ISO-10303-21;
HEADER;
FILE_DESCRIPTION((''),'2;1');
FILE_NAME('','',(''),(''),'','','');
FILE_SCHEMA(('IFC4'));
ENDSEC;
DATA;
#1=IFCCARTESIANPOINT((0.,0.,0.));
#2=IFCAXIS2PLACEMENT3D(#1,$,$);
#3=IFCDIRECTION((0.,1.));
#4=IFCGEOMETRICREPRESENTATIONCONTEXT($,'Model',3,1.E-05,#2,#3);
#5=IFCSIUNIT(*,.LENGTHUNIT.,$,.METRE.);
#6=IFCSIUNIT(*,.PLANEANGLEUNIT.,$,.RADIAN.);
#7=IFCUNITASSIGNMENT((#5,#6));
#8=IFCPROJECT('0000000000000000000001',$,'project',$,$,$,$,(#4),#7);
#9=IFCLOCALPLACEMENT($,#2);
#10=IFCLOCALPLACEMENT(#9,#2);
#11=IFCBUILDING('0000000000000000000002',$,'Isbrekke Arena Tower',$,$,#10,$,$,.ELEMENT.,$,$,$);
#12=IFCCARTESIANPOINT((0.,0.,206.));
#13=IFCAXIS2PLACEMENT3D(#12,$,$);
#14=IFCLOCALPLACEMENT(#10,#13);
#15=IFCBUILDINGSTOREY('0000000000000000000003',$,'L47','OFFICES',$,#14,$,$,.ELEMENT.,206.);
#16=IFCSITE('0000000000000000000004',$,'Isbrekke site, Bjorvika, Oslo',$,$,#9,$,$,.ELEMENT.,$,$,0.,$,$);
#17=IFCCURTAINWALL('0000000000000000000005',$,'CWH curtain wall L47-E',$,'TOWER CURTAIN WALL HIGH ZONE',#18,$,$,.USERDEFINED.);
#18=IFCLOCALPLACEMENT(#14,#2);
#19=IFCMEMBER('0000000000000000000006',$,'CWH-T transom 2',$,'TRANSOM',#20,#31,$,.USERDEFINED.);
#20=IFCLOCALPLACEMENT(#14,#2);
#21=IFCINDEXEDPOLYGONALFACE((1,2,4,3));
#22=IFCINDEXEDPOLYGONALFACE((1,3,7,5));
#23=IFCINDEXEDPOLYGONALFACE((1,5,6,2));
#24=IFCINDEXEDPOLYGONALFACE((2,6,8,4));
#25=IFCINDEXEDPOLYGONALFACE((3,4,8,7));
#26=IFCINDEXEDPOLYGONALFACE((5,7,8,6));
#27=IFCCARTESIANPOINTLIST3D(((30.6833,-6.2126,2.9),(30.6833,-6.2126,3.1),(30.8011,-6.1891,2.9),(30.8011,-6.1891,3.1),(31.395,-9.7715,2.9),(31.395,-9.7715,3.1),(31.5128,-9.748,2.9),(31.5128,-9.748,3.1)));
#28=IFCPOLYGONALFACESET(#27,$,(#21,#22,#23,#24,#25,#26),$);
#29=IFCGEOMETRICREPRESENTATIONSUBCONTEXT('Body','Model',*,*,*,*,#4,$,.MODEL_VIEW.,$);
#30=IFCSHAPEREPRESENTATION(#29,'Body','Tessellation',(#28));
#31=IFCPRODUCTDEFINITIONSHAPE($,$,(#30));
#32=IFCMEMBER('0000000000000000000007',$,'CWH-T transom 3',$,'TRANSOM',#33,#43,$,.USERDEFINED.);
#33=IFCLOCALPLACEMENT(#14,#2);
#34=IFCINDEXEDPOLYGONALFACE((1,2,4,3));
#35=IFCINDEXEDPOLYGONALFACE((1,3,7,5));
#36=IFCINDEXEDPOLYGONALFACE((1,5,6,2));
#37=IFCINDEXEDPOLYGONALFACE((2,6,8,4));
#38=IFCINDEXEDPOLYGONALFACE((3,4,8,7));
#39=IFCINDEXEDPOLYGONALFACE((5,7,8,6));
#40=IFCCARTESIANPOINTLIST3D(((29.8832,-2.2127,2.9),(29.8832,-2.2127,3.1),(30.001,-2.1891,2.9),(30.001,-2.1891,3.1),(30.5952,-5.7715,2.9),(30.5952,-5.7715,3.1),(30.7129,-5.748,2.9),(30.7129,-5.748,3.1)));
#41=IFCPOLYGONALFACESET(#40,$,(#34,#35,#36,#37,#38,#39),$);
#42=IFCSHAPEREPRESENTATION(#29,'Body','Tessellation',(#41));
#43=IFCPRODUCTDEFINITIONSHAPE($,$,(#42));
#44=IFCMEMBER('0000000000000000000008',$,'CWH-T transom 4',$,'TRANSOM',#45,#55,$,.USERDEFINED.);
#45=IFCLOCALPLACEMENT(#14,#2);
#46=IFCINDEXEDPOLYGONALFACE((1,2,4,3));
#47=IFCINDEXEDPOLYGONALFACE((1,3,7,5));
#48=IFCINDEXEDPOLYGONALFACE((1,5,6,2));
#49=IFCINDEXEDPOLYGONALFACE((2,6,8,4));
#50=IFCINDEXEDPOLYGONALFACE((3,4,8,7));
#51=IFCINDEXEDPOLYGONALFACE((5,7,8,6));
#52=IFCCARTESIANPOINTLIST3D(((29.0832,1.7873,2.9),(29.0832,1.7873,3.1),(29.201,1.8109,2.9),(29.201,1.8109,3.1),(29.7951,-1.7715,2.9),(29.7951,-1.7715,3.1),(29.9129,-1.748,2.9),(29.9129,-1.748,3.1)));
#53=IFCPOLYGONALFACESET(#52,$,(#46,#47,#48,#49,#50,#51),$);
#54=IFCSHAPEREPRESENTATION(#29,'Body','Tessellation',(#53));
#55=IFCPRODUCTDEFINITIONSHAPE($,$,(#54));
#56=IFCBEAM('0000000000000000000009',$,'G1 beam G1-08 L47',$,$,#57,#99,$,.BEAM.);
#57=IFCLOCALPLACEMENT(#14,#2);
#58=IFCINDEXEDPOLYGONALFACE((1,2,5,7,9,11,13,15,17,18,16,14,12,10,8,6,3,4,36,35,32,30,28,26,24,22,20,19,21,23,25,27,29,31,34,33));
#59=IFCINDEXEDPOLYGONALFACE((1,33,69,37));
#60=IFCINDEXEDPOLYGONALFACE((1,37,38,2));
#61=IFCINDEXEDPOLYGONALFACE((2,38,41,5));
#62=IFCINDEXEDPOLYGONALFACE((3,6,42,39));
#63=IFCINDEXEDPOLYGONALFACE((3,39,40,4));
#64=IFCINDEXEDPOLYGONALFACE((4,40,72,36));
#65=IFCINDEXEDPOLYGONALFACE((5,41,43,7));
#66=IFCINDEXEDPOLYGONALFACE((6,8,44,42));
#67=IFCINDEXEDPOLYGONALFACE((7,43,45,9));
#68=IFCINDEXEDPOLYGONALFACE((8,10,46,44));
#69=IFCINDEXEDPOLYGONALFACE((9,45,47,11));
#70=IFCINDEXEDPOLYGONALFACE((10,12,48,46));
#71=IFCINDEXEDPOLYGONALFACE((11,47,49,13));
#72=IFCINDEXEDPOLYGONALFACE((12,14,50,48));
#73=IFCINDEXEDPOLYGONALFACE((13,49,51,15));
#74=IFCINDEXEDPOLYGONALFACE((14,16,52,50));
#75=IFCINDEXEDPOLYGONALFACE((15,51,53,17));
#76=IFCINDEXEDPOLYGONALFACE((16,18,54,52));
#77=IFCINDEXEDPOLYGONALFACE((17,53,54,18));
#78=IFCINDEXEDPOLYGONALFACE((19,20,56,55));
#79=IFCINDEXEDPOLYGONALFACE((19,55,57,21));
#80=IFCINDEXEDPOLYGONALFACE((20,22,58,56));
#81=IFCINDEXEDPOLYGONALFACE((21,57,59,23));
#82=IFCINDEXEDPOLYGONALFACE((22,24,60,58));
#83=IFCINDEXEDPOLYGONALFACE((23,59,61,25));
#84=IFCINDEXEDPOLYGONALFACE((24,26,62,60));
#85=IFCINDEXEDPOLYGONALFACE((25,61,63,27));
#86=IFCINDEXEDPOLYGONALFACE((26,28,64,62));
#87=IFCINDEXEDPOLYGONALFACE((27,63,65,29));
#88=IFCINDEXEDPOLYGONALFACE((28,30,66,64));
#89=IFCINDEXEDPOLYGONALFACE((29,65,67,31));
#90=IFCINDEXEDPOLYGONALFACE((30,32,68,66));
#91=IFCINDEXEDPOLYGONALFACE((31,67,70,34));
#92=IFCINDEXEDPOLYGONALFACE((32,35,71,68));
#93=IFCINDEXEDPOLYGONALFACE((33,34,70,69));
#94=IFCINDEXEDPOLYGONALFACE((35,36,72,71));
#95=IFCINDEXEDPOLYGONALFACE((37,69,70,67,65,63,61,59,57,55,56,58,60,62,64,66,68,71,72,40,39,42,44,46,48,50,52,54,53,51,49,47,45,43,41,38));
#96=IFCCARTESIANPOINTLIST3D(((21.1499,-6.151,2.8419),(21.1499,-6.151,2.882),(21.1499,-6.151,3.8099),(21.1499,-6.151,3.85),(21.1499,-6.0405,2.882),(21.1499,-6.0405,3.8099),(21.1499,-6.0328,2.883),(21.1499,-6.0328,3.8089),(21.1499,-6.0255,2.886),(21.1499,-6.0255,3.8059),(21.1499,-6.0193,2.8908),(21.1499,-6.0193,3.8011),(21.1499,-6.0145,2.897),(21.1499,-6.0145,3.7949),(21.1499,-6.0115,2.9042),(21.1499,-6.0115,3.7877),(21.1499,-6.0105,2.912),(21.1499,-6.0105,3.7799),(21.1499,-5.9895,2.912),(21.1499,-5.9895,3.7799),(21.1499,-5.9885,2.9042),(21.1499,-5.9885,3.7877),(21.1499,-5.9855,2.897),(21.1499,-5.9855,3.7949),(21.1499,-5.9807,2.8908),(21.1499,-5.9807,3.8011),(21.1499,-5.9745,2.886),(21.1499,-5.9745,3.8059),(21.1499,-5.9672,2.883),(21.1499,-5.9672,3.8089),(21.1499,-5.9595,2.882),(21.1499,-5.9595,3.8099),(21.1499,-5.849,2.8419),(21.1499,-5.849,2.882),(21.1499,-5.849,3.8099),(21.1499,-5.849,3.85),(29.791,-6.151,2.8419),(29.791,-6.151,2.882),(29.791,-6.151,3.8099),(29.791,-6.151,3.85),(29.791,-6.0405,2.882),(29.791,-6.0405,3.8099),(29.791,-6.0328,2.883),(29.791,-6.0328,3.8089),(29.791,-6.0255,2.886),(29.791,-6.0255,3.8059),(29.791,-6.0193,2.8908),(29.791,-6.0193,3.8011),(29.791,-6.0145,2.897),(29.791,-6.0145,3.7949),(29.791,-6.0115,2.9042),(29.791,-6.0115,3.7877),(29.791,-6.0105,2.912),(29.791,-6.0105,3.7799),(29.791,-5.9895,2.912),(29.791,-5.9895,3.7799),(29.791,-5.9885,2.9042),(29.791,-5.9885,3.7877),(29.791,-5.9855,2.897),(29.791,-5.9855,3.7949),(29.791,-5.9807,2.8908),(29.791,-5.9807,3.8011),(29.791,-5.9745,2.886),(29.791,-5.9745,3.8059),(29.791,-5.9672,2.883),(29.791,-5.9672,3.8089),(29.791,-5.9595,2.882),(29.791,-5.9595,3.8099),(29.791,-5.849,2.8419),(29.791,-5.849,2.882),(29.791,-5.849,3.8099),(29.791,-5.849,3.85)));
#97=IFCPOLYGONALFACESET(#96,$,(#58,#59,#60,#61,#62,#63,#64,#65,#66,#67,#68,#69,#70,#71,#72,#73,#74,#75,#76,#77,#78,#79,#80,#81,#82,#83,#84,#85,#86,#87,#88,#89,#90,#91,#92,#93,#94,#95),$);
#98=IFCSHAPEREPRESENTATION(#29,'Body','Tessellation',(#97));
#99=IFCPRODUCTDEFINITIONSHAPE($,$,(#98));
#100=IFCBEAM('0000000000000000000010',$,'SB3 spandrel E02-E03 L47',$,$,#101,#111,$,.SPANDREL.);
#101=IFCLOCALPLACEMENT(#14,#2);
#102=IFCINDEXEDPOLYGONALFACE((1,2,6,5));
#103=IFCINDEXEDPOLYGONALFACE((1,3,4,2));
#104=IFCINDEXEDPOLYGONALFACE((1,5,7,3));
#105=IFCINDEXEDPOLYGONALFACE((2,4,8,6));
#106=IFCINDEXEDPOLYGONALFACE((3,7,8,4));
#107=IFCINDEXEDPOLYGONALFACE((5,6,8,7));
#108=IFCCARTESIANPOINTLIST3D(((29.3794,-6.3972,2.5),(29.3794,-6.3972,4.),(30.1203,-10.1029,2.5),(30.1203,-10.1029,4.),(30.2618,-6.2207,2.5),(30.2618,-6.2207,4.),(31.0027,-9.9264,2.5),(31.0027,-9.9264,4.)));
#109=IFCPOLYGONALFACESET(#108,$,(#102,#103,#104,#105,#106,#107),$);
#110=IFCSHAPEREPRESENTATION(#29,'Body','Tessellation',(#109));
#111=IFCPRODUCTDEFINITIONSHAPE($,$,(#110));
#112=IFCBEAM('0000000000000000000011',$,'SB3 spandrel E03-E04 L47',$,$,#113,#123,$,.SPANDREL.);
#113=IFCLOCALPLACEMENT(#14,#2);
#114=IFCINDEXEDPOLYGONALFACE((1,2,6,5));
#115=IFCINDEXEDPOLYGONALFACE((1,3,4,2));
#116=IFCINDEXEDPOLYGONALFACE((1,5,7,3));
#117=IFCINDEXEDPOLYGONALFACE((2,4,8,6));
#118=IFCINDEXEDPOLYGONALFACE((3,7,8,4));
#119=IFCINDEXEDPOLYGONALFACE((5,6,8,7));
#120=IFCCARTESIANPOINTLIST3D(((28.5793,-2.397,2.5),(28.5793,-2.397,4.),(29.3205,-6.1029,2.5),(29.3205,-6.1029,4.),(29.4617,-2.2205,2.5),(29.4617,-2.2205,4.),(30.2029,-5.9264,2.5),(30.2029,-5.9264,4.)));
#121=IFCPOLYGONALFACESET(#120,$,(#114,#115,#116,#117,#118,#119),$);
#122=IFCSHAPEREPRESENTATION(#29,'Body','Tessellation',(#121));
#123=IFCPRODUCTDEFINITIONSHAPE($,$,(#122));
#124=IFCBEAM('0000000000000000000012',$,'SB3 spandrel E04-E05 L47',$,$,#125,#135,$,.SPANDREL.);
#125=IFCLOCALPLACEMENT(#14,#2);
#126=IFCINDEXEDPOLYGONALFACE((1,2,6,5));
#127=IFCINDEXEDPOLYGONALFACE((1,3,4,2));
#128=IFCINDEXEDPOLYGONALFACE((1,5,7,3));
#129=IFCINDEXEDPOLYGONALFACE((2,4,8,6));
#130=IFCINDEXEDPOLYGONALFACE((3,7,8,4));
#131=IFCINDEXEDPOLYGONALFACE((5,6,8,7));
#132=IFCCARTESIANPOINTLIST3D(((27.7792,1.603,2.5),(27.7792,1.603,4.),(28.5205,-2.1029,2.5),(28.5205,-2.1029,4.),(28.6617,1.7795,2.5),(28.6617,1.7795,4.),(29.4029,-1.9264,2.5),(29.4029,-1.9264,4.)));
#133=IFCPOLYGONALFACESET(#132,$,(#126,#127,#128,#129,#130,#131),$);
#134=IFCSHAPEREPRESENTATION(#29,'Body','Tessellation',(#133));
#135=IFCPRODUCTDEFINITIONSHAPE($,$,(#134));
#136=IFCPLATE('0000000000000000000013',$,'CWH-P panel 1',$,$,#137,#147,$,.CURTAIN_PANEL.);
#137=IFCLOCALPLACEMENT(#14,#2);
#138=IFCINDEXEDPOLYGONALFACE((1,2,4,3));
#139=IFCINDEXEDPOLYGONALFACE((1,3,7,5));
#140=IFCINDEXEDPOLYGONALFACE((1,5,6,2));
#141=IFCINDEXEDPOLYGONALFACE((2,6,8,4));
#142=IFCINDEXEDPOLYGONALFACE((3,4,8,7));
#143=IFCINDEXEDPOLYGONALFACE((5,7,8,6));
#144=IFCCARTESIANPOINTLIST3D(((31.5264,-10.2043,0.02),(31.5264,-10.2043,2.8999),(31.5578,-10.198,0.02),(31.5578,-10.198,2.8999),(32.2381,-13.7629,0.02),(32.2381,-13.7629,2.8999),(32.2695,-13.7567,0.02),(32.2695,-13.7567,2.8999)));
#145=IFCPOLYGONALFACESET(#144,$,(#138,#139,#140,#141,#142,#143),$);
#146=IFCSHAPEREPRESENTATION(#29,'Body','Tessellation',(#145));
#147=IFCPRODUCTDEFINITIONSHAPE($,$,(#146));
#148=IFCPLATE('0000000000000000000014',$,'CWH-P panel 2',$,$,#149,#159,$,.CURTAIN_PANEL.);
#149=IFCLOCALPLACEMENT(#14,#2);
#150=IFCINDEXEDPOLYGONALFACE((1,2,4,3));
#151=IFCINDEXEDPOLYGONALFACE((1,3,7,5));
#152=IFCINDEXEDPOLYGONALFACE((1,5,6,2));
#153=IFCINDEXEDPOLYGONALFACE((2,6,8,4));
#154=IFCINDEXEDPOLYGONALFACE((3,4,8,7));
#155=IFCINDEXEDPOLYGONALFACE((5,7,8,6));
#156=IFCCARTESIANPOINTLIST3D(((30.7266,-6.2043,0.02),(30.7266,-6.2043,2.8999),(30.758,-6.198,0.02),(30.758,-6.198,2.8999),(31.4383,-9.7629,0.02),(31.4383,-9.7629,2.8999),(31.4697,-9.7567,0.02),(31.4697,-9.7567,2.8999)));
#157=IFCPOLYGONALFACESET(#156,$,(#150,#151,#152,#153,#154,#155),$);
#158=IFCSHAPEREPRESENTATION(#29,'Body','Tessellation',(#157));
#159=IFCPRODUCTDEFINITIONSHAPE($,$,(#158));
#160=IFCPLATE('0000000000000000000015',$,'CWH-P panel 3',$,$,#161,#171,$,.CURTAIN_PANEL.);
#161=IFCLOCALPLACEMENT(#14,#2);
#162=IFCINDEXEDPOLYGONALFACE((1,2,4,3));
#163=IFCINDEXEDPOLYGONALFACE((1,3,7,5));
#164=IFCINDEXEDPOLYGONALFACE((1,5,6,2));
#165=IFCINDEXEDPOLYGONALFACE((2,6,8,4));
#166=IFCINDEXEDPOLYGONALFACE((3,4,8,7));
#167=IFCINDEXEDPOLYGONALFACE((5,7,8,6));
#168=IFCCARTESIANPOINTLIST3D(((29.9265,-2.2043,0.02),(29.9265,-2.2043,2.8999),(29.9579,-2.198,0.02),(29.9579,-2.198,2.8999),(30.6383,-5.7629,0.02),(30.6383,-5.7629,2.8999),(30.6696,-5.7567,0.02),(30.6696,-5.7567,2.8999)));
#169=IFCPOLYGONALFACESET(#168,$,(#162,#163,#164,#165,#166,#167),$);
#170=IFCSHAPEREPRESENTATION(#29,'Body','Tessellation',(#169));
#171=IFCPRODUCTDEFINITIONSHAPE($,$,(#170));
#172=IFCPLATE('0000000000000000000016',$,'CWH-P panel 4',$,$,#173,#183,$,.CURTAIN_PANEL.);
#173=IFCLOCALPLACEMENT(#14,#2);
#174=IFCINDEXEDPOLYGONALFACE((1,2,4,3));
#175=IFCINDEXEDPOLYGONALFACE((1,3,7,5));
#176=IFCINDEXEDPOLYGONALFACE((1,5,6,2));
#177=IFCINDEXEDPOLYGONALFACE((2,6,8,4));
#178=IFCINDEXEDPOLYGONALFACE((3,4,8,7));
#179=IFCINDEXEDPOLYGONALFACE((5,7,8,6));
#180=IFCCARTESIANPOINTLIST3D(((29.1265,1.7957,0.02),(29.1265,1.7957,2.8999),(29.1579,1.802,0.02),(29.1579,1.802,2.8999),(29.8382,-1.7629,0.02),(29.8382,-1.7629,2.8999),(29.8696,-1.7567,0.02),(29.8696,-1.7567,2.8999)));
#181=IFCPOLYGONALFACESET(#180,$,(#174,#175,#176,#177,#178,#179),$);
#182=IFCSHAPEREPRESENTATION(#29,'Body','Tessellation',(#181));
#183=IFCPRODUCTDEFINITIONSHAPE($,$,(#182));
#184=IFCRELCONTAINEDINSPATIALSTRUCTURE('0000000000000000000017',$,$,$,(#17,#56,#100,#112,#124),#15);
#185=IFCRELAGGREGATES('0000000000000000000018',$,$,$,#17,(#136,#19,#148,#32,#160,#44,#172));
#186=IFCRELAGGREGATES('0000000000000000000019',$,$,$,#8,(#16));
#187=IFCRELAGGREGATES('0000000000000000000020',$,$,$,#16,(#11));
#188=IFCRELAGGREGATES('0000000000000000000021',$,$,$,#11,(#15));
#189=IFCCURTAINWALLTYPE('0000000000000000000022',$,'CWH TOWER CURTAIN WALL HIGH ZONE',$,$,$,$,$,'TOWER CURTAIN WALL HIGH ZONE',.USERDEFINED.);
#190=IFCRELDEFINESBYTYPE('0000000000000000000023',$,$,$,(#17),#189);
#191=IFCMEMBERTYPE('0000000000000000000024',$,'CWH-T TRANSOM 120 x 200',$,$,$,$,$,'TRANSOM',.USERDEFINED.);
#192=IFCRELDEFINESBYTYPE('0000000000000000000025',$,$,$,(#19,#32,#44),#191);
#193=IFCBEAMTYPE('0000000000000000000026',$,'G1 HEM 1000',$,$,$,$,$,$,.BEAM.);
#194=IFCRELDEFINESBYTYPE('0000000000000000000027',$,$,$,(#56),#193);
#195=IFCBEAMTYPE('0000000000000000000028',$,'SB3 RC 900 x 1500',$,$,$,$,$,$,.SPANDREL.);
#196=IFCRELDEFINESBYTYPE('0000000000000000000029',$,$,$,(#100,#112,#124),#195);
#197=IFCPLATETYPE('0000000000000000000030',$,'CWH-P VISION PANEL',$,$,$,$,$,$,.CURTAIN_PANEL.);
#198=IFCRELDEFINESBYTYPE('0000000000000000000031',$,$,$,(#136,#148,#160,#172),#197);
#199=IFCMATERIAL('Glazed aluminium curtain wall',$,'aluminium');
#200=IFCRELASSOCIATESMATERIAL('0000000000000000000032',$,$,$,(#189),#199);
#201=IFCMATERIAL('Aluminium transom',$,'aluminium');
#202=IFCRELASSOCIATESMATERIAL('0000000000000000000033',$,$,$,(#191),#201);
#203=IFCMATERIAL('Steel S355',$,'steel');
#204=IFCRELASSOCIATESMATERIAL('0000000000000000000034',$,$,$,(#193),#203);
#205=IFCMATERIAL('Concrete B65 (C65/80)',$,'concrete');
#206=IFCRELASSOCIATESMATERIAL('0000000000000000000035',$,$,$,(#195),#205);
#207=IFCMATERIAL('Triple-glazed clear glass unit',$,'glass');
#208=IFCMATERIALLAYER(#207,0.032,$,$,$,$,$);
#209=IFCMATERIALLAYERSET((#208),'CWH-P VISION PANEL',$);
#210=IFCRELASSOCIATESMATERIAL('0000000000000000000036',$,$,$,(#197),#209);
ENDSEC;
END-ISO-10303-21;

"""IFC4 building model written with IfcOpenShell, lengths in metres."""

from ifc_helpers import new_model, si_unit, direction, frame, origin, origin_2d, place, context, subcontext, project, spatial, rectangle, i_section, extrude, material, layer, layer_set, material_profile, profile_set, type_object, element, aggregate, save


model = new_model("IFC4")

# Units and contexts
model_context = context("Model", 3, precision=1e-05, world=origin(), true_north=direction((0.0, 1.0)))
body_context = subcontext(model_context, "Body", "Model", "MODEL_VIEW")
ifc_project = project(units=[si_unit("LENGTHUNIT", "METRE"), si_unit("PLANEANGLEUNIT", "RADIAN")], contexts=[model_context])

# Site, building, storey
site_placement = place(None, origin())
site = spatial("IfcSite", under=ifc_project, at=site_placement, Name="Isbrekke site, Bjorvika, Oslo", CompositionType="ELEMENT", RefElevation=0.0)
building_placement = place(site_placement, origin())
building = spatial("IfcBuilding", under=site, at=building_placement, Name="Isbrekke Arena Tower", CompositionType="ELEMENT")
storey_placement = place(building_placement, frame((0.0, 0.0, 206.0)))
storey = spatial("IfcBuildingStorey", under=building, at=storey_placement, Name="L47", Description="OFFICES", CompositionType="ELEMENT", Elevation=206.0)

# Curtain wall, members
ifc_material_1 = material(Name="Glazed aluminium curtain wall", Category="aluminium")
curtain_wall_type = type_object("IfcCurtainWallType", Name="CWH TOWER CURTAIN WALL HIGH ZONE", ElementType="TOWER CURTAIN WALL HIGH ZONE", PredefinedType="USERDEFINED", material=ifc_material_1)
curtain_wall_placement = place(storey_placement, origin())
curtain_wall = element("IfcCurtainWall", 1, at=curtain_wall_placement, inside=storey, type_object=curtain_wall_type, Name="CWH curtain wall L47-E", ObjectType="TOWER CURTAIN WALL HIGH ZONE", PredefinedType="USERDEFINED")
ifc_material_2 = material(Name="Aluminium transom", Category="aluminium")
ifc_material_profile_1 = material_profile(ifc_material_2, rectangle(XDim=0.1201, YDim=0.2, at=origin_2d()), Name="TRANSOM 120X200")
ifc_profile_set_1 = profile_set([ifc_material_profile_1], Name="Aluminium transom")
member_type_1 = type_object("IfcMemberType", Name="CWH-T TRANSOM 120 x 200", ElementType="TRANSOM", PredefinedType="USERDEFINED", material=ifc_profile_set_1)
member_1_placement = place(storey_placement, frame((31.4539, -9.7598, 3.0), z_axis=(-0.19609, 0.980586, 0.0), x_axis=(-0.980586, -0.19609, 0.0)))
member_1 = element("IfcMember", 2, at=member_1_placement, type_object=member_type_1, Name="CWH-T transom 2", ObjectType="TRANSOM", PredefinedType="USERDEFINED", context=body_context, shape_type="SweptSolid", body=[
    extrude(rectangle(XDim=0.1201, YDim=0.2, at=origin_2d()), origin(), (0.0, 0.0, 1.0), 3.6294),
])
member_2_placement = place(storey_placement, frame((30.6541, -5.7598, 3.0), z_axis=(-0.196155, 0.980573, 0.0), x_axis=(-0.980573, -0.196155, 0.0)))
member_2 = element("IfcMember", 3, at=member_2_placement, type_object=member_type_1, Name="CWH-T transom 3", ObjectType="TRANSOM", PredefinedType="USERDEFINED", context=body_context, shape_type="SweptSolid", body=[
    extrude(rectangle(XDim=0.1201, YDim=0.2, at=origin_2d()), origin(), (0.0, 0.0, 1.0), 3.6294),
])
member_3_placement = place(storey_placement, frame((29.854, -1.7598, 3.0), z_axis=(-0.196155, 0.980573, 0.0), x_axis=(-0.980573, -0.196155, 0.0)))
member_3 = element("IfcMember", 4, at=member_3_placement, type_object=member_type_1, Name="CWH-T transom 4", ObjectType="TRANSOM", PredefinedType="USERDEFINED", context=body_context, shape_type="SweptSolid", body=[
    extrude(rectangle(XDim=0.1201, YDim=0.2, at=origin_2d()), origin(), (0.0, 0.0, 1.0), 3.6294),
])

# Beams
ifc_material_3 = material(Name="Steel S355", Category="steel")
ifc_material_profile_2 = material_profile(ifc_material_3, i_section(OverallWidth=0.302, OverallDepth=1.0081, WebThickness=0.021, FlangeThickness=0.04, FilletRadius=0.03, at=origin_2d()), Name="HEM 1000")
ifc_profile_set_2 = profile_set([ifc_material_profile_2], Name="Steel S355")
beam_type_1 = type_object("IfcBeamType", Name="G1 HEM 1000", PredefinedType="BEAM", material=ifc_profile_set_2)
beam_1_placement = place(storey_placement, frame((21.1499, -6.0, 3.3459), z_axis=(1.0, 0.0, 0.0), x_axis=(0.0, 1.0, 0.0)))
element("IfcBeam", 5, at=beam_1_placement, inside=storey, type_object=beam_type_1, Name="G1 beam G1-08 L47", PredefinedType="BEAM", context=body_context, shape_type="SweptSolid", body=[
    extrude(i_section(OverallWidth=0.302, OverallDepth=1.0081, WebThickness=0.021, FlangeThickness=0.04, FilletRadius=0.03, at=origin_2d()), origin(), (0.0, 0.0, 1.0), 8.6411),
])
ifc_material_4 = material(Name="Concrete B65 (C65/80)", Category="concrete")
ifc_material_profile_3 = material_profile(ifc_material_4, rectangle(XDim=0.8999, YDim=1.5, at=origin_2d()), Name="RC 900x1500")
ifc_profile_set_3 = profile_set([ifc_material_profile_3], Name="Concrete B65 (C65/80)")
beam_type_2 = type_object("IfcBeamType", Name="SB3 RC 900 x 1500", PredefinedType="SPANDREL", material=ifc_profile_set_3)
beam_2_placement = place(storey_placement, frame((30.5615, -10.0146, 3.25), z_axis=(-0.196066, 0.980591, 0.0), x_axis=(-0.980591, -0.196066, 0.0)))
element("IfcBeam", 6, at=beam_2_placement, inside=storey, type_object=beam_type_2, Name="SB3 spandrel E02-E03 L47", PredefinedType="SPANDREL", context=body_context, shape_type="SweptSolid", body=[
    extrude(rectangle(XDim=0.8999, YDim=1.5, at=origin_2d()), origin(), (0.0, 0.0, 1.0), 3.7791),
])
for number, where, z_axis, x_axis, name in (
    (7, (29.7617, -6.0146, 3.25), (-0.196129, 0.980578, 0.0), (-0.980578, -0.196129, 0.0), "SB3 spandrel E03-E04 L47"),
    (8, (28.9617, -2.0146, 3.25), (-0.196129, 0.980578, 0.0), (-0.980578, -0.196129, 0.0), "SB3 spandrel E04-E05 L47"),
):
    element("IfcBeam", number, at=place(storey_placement, frame(where, z_axis=z_axis, x_axis=x_axis)), inside=storey, type_object=beam_type_2, Name=name, PredefinedType="SPANDREL", context=body_context, shape_type="SweptSolid", body=[
        extrude(rectangle(XDim=0.8999, YDim=1.5, at=origin_2d()), origin(), (0.0, 0.0, 1.0), 3.7793),
    ])

# Plates
ifc_material_5 = material(Name="Triple-glazed clear glass unit", Category="glass")
ifc_layer_1 = layer(ifc_material_5, 0.032)
ifc_layer_set_1 = layer_set([ifc_layer_1], Name="CWH-P VISION PANEL")
plate_type = type_object("IfcPlateType", Name="CWH-P VISION PANEL", PredefinedType="CURTAIN_PANEL", material=ifc_layer_set_1)
plate_1_placement = place(storey_placement, frame((31.8979, -11.9805, 0.02), z_axis=(0.0, 0.0, 1.0), x_axis=(-0.196116, 0.980581, 0.0)))
plate_1 = element("IfcPlate", 9, at=plate_1_placement, type_object=plate_type, Name="CWH-P panel 1", PredefinedType="CURTAIN_PANEL", context=body_context, shape_type="SweptSolid", body=[
    extrude(rectangle(XDim=3.6292, YDim=0.032, at=origin_2d()), origin(), (0.0, 0.0, 1.0), 2.8799),
])
plate_2_placement = place(storey_placement, frame((31.0981, -7.9805, 0.02), z_axis=(0.0, 0.0, 1.0), x_axis=(-0.196116, 0.980581, 0.0)))
plate_2 = element("IfcPlate", 10, at=plate_2_placement, type_object=plate_type, Name="CWH-P panel 2", PredefinedType="CURTAIN_PANEL", context=body_context, shape_type="SweptSolid", body=[
    extrude(rectangle(XDim=3.6292, YDim=0.032, at=origin_2d()), origin(), (0.0, 0.0, 1.0), 2.8799),
])
plate_3_placement = place(storey_placement, frame((30.2981, -3.9805, 0.02), z_axis=(0.0, 0.0, 1.0), x_axis=(-0.196116, 0.980581, 0.0)))
plate_3 = element("IfcPlate", 11, at=plate_3_placement, type_object=plate_type, Name="CWH-P panel 3", PredefinedType="CURTAIN_PANEL", context=body_context, shape_type="SweptSolid", body=[
    extrude(rectangle(XDim=3.6292, YDim=0.032, at=origin_2d()), origin(), (0.0, 0.0, 1.0), 2.8799),
])
plate_4_placement = place(storey_placement, frame((29.498, 0.0195, 0.02), z_axis=(0.0, 0.0, 1.0), x_axis=(-0.196116, 0.980581, 0.0)))
plate_4 = element("IfcPlate", 12, at=plate_4_placement, type_object=plate_type, Name="CWH-P panel 4", PredefinedType="CURTAIN_PANEL", context=body_context, shape_type="SweptSolid", body=[
    extrude(rectangle(XDim=3.6292, YDim=0.032, at=origin_2d()), origin(), (0.0, 0.0, 1.0), 2.8799),
])
aggregate(curtain_wall, [plate_1, member_1, plate_2, member_2, plate_3, member_3, plate_4])

save(model, "model.ifc")
